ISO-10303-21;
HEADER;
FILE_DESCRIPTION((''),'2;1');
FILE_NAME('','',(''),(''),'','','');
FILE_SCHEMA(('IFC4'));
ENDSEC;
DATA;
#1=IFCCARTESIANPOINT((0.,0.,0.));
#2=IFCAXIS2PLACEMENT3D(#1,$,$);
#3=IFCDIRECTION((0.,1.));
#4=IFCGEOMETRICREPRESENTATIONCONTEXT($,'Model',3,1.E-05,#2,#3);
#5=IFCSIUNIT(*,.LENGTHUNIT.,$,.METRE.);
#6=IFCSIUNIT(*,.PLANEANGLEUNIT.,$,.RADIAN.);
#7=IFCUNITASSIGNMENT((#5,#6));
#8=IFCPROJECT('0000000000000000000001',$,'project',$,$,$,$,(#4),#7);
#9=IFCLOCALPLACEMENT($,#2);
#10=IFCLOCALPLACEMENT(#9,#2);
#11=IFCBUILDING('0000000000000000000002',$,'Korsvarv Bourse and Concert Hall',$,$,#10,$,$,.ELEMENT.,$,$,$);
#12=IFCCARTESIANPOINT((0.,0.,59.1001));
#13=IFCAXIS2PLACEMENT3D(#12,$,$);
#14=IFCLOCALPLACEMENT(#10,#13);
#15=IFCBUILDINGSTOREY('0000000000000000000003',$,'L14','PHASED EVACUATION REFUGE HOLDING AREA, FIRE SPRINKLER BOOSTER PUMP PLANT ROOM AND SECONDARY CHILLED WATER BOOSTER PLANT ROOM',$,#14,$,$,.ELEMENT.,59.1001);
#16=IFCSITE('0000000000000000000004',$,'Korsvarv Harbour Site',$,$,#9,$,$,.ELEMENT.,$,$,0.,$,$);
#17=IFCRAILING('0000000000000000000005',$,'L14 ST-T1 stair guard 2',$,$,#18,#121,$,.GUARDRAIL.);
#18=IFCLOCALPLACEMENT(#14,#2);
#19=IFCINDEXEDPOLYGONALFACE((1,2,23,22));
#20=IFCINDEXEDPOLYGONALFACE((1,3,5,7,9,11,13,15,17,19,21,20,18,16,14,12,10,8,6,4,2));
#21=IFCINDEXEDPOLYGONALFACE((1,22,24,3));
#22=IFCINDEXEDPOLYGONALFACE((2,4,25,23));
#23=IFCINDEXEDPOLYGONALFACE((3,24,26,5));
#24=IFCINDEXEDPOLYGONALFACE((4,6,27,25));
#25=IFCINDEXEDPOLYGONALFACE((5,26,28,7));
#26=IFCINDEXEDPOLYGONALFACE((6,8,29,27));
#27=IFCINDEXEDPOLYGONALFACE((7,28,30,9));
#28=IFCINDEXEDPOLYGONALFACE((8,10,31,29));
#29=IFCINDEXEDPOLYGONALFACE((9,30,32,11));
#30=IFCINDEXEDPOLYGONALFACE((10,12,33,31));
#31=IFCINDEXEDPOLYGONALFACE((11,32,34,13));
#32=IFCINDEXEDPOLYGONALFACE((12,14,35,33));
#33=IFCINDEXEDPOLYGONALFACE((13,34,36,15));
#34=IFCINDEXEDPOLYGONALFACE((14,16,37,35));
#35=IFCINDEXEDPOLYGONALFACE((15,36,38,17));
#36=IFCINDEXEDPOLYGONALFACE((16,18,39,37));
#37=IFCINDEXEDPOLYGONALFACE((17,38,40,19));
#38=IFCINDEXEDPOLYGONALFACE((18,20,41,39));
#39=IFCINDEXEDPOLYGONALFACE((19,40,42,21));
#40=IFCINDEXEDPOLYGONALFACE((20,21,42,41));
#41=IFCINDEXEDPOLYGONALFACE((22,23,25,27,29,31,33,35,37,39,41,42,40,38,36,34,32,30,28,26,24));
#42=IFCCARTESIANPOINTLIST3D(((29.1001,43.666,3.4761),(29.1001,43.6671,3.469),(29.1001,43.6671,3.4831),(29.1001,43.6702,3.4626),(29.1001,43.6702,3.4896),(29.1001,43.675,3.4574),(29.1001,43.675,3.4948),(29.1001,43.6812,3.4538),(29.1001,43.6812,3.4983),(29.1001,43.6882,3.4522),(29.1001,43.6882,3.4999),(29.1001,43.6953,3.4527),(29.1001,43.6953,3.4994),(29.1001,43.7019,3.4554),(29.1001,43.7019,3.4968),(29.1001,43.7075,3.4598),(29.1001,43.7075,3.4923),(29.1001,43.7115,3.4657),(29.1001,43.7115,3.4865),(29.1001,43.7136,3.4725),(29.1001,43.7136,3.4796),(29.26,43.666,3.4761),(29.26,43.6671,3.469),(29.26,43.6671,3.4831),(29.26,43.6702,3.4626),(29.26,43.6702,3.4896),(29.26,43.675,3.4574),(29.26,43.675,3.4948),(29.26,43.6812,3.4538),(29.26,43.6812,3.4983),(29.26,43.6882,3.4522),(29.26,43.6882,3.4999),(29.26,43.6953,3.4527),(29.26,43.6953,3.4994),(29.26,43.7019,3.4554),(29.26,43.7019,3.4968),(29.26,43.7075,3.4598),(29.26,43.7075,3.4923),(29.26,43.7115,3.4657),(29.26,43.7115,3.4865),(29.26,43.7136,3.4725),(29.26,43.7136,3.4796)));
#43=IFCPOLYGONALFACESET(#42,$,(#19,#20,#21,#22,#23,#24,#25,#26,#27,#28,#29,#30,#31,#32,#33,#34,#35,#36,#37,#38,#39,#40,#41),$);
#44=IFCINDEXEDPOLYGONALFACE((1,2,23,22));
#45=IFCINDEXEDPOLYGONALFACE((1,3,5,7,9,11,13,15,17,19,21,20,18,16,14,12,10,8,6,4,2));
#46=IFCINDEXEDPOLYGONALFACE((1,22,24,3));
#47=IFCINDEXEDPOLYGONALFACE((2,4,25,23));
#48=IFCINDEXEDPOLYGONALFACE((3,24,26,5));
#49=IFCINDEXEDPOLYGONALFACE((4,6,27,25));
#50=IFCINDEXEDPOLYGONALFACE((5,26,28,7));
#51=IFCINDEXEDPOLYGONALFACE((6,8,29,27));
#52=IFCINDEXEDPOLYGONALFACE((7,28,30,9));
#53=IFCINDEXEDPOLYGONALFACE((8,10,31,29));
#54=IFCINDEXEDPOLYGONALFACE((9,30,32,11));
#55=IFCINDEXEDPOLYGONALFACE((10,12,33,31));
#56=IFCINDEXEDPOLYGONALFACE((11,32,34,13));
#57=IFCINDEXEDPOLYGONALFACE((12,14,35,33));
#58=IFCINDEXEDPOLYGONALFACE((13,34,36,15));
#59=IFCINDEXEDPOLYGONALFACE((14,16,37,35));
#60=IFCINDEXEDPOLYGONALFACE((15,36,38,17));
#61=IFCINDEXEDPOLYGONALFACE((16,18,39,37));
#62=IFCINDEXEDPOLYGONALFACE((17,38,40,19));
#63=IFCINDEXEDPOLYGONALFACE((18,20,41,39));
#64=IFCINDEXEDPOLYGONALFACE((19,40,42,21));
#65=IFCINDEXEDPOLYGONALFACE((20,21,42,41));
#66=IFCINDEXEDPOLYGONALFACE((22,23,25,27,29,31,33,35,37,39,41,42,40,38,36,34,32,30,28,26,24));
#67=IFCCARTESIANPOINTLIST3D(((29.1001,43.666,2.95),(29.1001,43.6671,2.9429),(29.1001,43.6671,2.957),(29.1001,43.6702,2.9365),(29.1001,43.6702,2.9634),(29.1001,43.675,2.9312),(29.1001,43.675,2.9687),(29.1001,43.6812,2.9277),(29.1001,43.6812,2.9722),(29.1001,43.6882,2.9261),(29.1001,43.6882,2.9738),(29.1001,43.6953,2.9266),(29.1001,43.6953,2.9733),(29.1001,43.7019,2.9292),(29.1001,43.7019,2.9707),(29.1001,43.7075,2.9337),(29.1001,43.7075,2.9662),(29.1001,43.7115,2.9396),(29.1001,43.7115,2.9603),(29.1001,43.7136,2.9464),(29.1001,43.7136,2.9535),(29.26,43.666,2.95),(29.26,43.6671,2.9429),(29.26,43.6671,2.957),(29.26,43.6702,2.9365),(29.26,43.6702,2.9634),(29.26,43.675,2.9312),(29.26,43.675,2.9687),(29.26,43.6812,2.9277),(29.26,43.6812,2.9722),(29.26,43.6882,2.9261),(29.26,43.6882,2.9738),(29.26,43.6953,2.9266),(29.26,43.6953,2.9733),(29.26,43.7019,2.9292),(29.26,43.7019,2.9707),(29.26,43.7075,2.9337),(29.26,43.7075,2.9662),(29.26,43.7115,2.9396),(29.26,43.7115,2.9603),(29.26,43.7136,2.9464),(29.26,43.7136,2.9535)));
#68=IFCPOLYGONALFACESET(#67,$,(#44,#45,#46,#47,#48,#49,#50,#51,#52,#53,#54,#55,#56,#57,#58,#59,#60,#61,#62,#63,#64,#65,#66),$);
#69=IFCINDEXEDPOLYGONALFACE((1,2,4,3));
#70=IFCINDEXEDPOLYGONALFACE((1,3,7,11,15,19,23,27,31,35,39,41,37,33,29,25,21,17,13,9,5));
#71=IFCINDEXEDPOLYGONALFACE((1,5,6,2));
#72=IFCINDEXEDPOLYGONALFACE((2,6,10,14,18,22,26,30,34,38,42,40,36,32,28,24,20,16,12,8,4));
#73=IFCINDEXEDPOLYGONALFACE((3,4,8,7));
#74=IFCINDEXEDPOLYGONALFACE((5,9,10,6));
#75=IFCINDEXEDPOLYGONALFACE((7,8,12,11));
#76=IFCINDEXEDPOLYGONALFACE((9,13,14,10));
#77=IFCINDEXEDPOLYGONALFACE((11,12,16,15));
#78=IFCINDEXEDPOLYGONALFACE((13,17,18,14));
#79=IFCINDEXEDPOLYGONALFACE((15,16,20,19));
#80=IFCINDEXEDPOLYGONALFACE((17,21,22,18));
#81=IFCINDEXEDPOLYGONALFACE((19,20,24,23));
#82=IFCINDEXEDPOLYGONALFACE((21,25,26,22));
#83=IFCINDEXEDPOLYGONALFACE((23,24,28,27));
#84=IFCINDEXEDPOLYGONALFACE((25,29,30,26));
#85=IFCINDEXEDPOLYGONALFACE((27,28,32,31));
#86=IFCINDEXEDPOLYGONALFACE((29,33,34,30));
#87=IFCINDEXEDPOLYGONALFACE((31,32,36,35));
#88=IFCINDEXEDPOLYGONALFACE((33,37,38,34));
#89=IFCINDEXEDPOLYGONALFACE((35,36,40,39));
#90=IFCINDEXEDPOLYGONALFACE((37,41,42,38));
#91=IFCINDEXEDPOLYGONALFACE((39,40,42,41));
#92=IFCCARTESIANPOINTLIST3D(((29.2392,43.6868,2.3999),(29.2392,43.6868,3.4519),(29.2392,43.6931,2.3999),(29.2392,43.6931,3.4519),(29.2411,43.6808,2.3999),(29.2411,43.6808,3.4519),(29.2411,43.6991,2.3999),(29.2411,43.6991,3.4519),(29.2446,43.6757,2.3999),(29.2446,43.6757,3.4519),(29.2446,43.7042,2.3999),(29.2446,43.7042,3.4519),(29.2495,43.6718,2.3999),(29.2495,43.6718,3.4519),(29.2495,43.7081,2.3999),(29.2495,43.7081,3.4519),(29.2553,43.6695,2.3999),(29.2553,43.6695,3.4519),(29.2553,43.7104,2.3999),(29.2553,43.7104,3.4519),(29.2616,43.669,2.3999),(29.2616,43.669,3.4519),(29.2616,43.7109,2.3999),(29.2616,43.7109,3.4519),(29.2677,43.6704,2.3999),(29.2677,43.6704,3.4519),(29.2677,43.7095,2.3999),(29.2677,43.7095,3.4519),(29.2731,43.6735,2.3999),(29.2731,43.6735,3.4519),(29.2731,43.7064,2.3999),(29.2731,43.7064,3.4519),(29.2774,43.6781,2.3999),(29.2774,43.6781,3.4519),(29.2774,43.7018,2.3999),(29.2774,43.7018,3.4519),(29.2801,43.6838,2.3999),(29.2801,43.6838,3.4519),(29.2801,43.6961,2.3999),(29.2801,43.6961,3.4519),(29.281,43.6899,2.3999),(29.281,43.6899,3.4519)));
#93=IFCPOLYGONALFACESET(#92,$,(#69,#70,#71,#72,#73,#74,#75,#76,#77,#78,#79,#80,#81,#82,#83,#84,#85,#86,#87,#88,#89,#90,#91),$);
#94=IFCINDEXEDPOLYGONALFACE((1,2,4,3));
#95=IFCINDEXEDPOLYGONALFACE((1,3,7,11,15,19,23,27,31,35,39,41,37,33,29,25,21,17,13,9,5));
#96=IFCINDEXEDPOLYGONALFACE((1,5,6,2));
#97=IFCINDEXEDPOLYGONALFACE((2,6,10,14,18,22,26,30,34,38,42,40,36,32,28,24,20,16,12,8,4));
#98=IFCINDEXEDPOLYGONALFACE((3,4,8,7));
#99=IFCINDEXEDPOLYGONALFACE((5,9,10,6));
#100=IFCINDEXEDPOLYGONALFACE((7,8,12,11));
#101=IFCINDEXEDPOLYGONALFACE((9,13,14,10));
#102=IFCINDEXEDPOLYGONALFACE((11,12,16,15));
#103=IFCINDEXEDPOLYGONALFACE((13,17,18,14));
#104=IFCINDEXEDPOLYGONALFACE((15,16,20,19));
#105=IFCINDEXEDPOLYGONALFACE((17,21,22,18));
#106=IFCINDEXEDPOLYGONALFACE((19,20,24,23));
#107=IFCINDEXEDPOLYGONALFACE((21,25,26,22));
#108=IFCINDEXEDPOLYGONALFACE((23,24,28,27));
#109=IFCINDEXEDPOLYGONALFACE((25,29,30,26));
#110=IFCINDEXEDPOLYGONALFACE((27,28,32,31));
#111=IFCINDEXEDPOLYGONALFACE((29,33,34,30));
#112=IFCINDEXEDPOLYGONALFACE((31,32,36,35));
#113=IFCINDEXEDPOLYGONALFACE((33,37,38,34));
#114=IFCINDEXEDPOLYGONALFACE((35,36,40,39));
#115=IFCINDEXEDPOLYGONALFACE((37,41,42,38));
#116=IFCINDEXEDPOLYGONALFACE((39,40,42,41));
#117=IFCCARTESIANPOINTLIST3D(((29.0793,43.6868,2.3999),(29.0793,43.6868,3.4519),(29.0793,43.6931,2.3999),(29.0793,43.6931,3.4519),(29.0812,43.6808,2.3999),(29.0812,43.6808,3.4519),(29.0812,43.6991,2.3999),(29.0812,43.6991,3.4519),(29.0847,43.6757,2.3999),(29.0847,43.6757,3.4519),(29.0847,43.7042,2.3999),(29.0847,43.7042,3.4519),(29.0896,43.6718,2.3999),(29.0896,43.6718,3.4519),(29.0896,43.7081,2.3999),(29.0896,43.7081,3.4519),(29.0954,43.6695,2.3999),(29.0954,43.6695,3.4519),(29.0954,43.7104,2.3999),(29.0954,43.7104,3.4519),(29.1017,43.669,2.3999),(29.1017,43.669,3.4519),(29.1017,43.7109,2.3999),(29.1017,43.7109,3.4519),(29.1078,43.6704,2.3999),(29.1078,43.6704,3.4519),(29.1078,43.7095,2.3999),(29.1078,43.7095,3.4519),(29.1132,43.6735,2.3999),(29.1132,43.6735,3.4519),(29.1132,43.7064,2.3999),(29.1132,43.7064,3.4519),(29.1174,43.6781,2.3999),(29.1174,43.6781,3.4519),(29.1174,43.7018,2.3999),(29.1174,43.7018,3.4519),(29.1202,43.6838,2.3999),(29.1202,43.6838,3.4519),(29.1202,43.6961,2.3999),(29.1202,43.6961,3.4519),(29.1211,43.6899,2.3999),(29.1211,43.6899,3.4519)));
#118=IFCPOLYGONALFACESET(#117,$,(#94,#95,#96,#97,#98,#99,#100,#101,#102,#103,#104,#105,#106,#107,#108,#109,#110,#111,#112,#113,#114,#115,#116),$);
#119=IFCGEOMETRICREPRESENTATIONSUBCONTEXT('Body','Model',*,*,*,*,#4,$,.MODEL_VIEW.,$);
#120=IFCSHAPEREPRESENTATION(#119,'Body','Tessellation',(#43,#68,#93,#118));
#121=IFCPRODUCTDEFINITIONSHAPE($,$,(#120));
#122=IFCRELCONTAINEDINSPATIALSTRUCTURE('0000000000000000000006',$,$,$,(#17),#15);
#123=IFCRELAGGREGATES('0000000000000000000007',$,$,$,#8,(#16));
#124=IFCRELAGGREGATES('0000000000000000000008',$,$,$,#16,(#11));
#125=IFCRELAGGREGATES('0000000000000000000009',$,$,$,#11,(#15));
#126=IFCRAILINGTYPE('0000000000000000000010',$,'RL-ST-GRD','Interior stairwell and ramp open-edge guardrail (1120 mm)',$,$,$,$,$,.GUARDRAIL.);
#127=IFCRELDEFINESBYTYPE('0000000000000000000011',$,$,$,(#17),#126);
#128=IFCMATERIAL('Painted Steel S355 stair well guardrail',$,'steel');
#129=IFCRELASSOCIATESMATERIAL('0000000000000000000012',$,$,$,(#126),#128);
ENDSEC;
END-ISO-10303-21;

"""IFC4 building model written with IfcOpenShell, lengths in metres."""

from ifc_helpers import new_model, si_unit, direction, frame, origin, origin_2d, place, context, subcontext, project, spatial, circle, extrude, material, type_object, element, save


model = new_model("IFC4")

# Units and contexts
model_context = context("Model", 3, precision=1e-05, world=origin(), true_north=direction((0.0, 1.0)))
body_context = subcontext(model_context, "Body", "Model", "MODEL_VIEW")
ifc_project = project(units=[si_unit("LENGTHUNIT", "METRE"), si_unit("PLANEANGLEUNIT", "RADIAN")], contexts=[model_context])

# Site, building, storey
site_placement = place(None, origin())
site = spatial("IfcSite", under=ifc_project, at=site_placement, Name="Korsvarv Harbour Site", CompositionType="ELEMENT", RefElevation=0.0)
building_placement = place(site_placement, origin())
building = spatial("IfcBuilding", under=site, at=building_placement, Name="Korsvarv Bourse and Concert Hall", CompositionType="ELEMENT")
storey_placement = place(building_placement, frame((0.0, 0.0, 59.1001)))
storey = spatial("IfcBuildingStorey", under=building, at=storey_placement, Name="L14", Description="PHASED EVACUATION REFUGE HOLDING AREA, FIRE SPRINKLER BOOSTER PUMP PLANT ROOM AND SECONDARY CHILLED WATER BOOSTER PLANT ROOM", CompositionType="ELEMENT", Elevation=59.1001)

# Railing
ifc_material_1 = material(Name="Painted Steel S355 stair well guardrail", Category="steel")
railing_type_1 = type_object("IfcRailingType", Name="RL-ST-GRD", Description="Interior stairwell and ramp open-edge guardrail (1120 mm)", PredefinedType="GUARDRAIL", material=ifc_material_1)
railing_1_placement = place(storey_placement, frame((29.26, 43.6899, 2.3999)))
element("IfcRailing", 1, at=railing_1_placement, inside=storey, type_object=railing_type_1, Name="L14 ST-T1 stair guard 2", PredefinedType="GUARDRAIL", context=body_context, shape_type="SweptSolid", body=[
    extrude(circle(Radius=0.0239, at=origin_2d()), frame((0.0, 0.0, 1.0762), z_axis=(-1.0, 0.0, 0.0), x_axis=(0.0, -1.0, 0.0)), (0.0, 0.0, 1.0), 0.1599),
    extrude(circle(Radius=0.0239, at=origin_2d()), frame((0.0, 0.0, 0.55), z_axis=(-1.0, 0.0, 0.0), x_axis=(0.0, -1.0, 0.0)), (0.0, 0.0, 1.0), 0.1599),
    extrude(circle(Radius=0.021, at=origin_2d()), origin(), (0.0, 0.0, 1.0), 1.052),
    extrude(circle(Radius=0.021, at=origin_2d()), frame((-0.1599, 0.0, 0.0)), (0.0, 0.0, 1.0), 1.052),
])

save(model, "model.ifc")
